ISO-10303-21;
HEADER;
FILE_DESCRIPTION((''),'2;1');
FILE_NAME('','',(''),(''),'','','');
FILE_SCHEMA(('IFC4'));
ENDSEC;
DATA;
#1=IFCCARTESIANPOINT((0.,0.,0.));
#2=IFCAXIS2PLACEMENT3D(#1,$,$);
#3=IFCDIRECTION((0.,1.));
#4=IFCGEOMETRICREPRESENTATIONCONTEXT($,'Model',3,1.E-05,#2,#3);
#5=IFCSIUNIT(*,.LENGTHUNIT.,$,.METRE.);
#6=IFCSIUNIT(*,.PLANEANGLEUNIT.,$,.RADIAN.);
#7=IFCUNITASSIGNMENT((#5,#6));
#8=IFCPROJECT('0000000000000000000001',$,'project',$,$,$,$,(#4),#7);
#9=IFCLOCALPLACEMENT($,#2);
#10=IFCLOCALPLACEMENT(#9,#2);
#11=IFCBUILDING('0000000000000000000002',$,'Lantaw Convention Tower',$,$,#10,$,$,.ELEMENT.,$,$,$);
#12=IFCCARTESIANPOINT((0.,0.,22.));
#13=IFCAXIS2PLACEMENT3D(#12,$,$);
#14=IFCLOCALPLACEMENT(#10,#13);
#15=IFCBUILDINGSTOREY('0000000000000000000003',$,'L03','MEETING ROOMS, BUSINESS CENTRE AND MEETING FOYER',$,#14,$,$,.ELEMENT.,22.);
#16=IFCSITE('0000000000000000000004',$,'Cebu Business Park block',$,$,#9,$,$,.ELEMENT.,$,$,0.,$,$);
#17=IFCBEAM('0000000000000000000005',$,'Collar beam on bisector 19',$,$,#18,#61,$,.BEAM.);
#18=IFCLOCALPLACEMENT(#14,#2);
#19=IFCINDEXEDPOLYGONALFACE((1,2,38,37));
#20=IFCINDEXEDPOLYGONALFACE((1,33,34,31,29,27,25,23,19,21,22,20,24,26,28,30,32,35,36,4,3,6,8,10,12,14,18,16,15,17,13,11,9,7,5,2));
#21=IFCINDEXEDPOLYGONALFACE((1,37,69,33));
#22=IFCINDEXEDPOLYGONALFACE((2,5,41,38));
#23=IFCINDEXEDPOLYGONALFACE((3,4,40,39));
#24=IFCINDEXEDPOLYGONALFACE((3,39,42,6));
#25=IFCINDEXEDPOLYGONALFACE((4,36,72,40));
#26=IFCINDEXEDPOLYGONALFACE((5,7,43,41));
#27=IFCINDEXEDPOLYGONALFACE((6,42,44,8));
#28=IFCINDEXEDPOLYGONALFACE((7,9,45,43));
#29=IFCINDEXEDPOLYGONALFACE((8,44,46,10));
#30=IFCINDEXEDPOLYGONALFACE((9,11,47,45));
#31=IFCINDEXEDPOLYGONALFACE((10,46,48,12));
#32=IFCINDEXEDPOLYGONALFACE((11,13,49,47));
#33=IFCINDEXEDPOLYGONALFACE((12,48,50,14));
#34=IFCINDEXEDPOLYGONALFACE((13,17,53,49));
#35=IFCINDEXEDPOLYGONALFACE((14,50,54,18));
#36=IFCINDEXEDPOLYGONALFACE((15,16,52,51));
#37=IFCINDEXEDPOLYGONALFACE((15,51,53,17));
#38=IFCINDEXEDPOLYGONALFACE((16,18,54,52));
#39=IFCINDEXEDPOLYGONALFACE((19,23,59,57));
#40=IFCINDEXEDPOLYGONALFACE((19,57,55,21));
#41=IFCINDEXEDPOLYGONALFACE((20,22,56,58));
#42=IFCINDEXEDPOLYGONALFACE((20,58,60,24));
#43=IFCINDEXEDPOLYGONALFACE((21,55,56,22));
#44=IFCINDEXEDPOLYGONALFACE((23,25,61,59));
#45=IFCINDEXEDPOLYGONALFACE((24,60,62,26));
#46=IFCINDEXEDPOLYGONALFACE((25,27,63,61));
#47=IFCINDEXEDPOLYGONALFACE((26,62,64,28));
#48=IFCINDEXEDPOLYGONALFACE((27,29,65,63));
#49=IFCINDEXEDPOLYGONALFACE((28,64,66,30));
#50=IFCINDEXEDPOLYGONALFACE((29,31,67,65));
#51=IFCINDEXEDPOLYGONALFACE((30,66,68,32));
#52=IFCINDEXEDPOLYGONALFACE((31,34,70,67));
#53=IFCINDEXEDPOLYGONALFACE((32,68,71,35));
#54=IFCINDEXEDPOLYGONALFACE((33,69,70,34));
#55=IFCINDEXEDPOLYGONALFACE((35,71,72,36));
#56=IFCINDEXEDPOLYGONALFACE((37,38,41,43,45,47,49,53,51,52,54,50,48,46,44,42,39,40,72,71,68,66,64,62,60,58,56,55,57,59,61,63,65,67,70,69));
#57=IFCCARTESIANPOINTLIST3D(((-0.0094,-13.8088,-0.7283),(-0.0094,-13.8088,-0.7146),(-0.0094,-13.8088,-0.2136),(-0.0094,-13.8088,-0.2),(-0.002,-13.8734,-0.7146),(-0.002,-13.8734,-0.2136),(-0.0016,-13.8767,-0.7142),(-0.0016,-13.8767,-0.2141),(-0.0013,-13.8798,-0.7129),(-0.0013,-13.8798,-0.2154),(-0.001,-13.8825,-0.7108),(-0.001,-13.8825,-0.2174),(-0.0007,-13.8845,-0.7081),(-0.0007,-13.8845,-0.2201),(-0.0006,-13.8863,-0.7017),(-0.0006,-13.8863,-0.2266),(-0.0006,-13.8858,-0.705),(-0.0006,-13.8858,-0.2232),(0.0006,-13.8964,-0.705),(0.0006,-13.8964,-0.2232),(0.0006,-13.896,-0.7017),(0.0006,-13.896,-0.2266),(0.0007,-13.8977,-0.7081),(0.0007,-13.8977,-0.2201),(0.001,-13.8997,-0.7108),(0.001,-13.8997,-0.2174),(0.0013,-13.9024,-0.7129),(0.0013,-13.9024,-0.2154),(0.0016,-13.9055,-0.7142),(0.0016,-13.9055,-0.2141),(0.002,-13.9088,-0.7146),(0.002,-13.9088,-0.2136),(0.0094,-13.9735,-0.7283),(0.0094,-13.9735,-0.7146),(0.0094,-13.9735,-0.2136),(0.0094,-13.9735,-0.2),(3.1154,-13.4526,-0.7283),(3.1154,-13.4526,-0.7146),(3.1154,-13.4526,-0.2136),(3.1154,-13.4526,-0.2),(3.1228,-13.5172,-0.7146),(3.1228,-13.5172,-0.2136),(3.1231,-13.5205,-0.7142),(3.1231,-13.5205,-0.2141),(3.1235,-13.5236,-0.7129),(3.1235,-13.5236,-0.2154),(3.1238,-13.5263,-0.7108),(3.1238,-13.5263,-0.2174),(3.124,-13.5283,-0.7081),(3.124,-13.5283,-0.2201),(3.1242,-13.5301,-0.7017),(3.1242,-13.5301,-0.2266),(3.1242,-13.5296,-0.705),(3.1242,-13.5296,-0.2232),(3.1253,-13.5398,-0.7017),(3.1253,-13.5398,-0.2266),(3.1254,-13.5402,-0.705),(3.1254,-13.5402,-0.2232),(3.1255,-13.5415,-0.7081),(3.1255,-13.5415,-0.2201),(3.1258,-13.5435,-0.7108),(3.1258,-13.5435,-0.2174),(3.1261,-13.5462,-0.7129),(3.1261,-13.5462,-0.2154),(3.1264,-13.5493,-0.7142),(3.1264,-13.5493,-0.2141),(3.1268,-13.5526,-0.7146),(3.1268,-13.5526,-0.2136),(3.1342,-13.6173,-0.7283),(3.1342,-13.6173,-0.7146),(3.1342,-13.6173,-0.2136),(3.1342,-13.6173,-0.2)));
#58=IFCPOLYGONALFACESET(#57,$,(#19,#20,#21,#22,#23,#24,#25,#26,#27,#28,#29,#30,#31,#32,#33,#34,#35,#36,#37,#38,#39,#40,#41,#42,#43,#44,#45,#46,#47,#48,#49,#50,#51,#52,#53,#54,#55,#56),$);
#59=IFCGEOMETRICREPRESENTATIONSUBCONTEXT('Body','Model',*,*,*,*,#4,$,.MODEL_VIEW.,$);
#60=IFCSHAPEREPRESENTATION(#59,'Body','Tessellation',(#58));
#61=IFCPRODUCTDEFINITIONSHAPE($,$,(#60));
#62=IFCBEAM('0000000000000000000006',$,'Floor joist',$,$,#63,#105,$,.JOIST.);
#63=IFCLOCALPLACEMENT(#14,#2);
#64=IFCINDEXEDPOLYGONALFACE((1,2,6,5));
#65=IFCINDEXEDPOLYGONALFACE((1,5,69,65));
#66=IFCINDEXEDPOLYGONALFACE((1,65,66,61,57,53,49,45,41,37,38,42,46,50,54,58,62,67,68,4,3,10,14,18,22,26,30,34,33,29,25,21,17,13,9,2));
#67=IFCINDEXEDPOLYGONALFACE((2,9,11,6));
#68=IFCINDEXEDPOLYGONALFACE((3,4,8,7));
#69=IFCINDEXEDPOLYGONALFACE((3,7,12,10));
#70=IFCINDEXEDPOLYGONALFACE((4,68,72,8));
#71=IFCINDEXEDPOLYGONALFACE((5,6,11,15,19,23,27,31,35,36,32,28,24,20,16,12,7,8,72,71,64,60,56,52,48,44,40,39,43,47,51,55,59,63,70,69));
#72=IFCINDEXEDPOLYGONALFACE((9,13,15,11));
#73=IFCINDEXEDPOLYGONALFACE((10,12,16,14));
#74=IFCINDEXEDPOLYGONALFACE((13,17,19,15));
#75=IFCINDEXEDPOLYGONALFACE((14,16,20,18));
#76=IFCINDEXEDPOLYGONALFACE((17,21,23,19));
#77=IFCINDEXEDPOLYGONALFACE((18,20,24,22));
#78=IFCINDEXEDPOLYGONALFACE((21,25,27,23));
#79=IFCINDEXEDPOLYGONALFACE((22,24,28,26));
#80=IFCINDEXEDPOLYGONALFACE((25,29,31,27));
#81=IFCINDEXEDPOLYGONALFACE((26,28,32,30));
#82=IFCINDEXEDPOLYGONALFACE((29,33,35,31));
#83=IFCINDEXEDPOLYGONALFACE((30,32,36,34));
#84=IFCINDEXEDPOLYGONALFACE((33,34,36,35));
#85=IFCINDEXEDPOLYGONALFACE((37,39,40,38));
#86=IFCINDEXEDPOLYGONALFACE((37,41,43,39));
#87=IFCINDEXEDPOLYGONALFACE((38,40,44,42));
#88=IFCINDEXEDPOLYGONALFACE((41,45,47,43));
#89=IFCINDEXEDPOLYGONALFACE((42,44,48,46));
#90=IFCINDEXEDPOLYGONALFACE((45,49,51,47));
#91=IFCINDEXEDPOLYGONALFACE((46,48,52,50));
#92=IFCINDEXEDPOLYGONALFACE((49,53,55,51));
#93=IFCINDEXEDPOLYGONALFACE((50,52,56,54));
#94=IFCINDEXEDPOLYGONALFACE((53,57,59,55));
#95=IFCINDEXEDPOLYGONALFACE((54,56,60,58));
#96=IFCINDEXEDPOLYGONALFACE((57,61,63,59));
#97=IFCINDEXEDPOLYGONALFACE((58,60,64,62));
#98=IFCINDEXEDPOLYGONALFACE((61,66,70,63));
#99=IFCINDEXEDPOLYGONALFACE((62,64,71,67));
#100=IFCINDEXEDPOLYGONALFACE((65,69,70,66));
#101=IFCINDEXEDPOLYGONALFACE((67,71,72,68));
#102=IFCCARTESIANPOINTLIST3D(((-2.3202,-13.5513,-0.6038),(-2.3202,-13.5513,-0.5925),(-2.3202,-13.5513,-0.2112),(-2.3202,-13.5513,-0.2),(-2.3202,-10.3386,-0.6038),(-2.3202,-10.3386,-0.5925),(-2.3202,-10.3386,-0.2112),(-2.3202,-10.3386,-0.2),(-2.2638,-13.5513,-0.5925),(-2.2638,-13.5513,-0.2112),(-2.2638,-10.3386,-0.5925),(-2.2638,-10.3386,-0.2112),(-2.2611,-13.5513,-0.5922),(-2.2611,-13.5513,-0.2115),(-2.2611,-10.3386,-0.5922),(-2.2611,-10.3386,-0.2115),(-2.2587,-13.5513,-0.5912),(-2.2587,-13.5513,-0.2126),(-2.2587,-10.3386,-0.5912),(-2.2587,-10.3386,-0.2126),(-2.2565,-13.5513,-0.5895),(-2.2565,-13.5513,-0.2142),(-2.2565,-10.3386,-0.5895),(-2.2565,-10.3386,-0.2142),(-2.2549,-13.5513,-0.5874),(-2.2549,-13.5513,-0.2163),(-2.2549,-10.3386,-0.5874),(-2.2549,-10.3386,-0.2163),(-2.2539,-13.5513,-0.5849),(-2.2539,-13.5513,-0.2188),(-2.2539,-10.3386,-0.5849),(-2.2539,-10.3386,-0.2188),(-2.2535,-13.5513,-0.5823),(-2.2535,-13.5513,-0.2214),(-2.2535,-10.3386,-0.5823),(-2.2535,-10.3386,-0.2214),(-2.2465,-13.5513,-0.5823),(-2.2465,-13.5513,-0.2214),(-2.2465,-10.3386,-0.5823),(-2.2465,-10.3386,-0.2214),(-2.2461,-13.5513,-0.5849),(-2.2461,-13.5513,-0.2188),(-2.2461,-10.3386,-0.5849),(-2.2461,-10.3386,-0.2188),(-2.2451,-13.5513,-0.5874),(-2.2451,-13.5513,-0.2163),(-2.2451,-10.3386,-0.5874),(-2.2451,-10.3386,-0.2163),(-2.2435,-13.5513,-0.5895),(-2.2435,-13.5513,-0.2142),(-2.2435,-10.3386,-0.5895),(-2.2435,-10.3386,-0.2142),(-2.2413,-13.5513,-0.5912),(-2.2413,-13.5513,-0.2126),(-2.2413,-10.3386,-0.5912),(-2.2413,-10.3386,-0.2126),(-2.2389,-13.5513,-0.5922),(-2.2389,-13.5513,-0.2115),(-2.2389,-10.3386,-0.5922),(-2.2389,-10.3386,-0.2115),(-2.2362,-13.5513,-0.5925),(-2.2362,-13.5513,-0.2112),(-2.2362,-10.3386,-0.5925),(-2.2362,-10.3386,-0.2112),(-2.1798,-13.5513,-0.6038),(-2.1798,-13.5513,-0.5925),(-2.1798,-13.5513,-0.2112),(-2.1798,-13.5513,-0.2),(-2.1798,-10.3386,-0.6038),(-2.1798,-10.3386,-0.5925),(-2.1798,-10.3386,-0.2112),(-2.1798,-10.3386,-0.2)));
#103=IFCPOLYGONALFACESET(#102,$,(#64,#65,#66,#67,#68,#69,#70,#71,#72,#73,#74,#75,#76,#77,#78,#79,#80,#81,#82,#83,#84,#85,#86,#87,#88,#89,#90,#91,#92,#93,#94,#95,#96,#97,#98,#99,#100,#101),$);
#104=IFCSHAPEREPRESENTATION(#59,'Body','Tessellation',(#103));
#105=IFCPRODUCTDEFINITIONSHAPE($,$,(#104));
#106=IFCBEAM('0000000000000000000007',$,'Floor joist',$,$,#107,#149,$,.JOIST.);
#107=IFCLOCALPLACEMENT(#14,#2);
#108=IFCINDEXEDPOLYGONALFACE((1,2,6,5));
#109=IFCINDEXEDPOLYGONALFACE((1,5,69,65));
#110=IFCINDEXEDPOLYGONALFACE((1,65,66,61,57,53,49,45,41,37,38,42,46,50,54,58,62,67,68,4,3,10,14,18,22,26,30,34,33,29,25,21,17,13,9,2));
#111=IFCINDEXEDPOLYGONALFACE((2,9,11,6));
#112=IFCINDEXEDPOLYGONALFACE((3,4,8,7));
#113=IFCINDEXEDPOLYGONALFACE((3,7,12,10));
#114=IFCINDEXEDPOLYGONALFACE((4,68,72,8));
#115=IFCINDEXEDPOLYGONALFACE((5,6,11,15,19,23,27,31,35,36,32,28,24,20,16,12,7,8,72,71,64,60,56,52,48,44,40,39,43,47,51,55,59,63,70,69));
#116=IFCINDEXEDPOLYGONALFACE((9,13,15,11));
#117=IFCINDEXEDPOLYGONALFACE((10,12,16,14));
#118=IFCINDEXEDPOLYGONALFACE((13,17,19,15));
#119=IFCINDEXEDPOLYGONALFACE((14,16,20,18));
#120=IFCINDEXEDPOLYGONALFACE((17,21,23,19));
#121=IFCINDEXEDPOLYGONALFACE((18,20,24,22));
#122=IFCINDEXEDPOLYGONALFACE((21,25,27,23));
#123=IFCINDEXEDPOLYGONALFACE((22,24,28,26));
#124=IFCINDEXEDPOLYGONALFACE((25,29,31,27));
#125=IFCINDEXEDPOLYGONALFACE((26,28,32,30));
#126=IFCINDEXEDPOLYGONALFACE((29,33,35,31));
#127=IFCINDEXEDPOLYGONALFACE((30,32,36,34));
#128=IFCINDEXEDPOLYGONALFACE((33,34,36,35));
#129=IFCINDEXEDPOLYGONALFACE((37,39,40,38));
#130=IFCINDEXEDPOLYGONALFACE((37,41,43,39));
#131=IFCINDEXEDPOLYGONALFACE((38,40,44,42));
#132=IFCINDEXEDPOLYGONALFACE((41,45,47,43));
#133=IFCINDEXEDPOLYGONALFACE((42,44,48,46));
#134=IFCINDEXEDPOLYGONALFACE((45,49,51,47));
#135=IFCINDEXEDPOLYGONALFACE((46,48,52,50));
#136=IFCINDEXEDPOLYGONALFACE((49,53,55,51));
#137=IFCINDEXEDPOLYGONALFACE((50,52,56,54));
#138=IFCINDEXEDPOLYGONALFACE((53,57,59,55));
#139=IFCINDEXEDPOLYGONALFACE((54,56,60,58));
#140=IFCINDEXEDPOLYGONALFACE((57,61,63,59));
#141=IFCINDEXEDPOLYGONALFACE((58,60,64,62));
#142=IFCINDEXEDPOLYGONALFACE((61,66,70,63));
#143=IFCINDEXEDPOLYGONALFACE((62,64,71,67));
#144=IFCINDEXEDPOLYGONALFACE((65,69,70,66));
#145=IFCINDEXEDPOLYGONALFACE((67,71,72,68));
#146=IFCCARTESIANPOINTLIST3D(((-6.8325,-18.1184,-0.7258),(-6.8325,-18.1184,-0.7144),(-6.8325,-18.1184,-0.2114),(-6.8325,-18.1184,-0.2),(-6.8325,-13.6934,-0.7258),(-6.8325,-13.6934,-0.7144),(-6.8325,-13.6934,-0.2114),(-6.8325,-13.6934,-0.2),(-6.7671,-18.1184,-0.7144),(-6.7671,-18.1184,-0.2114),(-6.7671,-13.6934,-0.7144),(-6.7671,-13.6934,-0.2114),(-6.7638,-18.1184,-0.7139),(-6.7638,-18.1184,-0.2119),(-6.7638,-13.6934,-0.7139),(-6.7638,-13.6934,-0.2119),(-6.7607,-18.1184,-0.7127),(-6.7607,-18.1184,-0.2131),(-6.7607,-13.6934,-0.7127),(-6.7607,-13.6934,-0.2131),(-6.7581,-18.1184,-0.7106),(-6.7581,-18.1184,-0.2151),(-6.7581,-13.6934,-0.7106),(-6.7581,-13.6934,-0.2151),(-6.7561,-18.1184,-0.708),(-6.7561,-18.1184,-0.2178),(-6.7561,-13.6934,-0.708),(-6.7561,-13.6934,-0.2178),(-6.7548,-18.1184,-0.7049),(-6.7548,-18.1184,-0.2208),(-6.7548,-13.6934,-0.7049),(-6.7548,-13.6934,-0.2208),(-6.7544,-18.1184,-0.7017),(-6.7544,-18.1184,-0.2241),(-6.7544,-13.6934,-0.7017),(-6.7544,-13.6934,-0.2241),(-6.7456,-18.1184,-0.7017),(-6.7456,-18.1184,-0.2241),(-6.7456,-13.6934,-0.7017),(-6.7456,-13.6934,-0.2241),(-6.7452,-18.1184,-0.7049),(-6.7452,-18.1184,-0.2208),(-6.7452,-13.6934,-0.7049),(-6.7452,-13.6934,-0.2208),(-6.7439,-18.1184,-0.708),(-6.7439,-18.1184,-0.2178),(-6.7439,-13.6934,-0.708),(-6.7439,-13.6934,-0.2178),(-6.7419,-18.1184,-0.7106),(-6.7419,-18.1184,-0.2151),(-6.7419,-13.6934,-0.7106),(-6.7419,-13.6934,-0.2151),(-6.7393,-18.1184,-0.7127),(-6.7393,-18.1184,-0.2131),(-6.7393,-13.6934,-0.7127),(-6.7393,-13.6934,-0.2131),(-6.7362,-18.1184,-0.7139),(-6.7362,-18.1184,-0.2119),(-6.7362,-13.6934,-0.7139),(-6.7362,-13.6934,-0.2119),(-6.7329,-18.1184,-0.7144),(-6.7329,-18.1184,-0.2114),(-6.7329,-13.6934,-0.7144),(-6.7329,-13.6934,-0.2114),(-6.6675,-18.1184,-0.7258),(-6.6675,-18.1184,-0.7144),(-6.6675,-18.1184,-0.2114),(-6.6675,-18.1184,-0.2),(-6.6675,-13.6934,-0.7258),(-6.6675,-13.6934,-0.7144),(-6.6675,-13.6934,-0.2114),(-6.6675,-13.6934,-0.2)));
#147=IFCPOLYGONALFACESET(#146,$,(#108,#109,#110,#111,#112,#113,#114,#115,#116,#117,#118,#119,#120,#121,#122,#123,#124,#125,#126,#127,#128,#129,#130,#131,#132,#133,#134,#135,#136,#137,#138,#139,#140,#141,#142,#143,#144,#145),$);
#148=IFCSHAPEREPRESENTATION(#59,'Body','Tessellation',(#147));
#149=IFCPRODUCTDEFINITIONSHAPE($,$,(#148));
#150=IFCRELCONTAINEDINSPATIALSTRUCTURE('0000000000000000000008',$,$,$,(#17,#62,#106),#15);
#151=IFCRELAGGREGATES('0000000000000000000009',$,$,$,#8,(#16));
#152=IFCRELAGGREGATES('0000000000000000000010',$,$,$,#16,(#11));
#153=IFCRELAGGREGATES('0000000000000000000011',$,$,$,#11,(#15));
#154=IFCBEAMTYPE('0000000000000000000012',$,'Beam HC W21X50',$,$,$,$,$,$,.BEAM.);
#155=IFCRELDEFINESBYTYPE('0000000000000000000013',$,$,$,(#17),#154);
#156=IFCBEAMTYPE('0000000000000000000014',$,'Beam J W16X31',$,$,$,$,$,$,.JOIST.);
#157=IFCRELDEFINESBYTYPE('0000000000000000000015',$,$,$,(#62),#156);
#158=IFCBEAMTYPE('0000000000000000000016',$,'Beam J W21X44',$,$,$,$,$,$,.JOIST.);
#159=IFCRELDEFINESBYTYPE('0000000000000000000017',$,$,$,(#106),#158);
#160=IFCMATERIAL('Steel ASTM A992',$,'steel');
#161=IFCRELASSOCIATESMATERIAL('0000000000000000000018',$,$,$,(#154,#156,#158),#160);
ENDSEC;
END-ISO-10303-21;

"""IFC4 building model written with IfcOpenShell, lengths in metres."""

from ifc_helpers import new_model, si_unit, direction, frame, origin, origin_2d, place, context, subcontext, project, spatial, i_section, extrude, material, material_profile, profile_set, type_object, element, save


model = new_model("IFC4")

# Units and contexts
model_context = context("Model", 3, precision=1e-05, world=origin(), true_north=direction((0.0, 1.0)))
body_context = subcontext(model_context, "Body", "Model", "MODEL_VIEW")
ifc_project = project(units=[si_unit("LENGTHUNIT", "METRE"), si_unit("PLANEANGLEUNIT", "RADIAN")], contexts=[model_context])

# Site, building, storey
site_placement = place(None, origin())
site = spatial("IfcSite", under=ifc_project, at=site_placement, Name="Cebu Business Park block", CompositionType="ELEMENT", RefElevation=0.0)
building_placement = place(site_placement, origin())
building = spatial("IfcBuilding", under=site, at=building_placement, Name="Lantaw Convention Tower", CompositionType="ELEMENT")
storey_placement = place(building_placement, frame((0.0, 0.0, 22.0)))
storey = spatial("IfcBuildingStorey", under=building, at=storey_placement, Name="L03", Description="MEETING ROOMS, BUSINESS CENTRE AND MEETING FOYER", CompositionType="ELEMENT", Elevation=22.0)

# Beams
ifc_material_1 = material(Name="Steel ASTM A992", Category="steel")
ifc_material_profile_1 = material_profile(ifc_material_1, i_section(OverallWidth=0.1658, OverallDepth=0.5283, WebThickness=0.0098, FlangeThickness=0.0137, FilletRadius=0.0129, at=origin_2d()), Name="W21X50")
ifc_profile_set_1 = profile_set([ifc_material_profile_1], Name="Steel ASTM A992")
beam_type_1 = type_object("IfcBeamType", Name="Beam HC W21X50", PredefinedType="BEAM", material=ifc_profile_set_1)
for number, where, z_axis, x_axis, name in (
    (1, (0.0, -13.8911, -0.4641), (0.993565, 0.11326, 0.0), (-0.11326, 0.993565, 0.0), "Collar beam on bisector 19"),
):
    element("IfcBeam", number, at=place(storey_placement, frame(where, z_axis=z_axis, x_axis=x_axis)), inside=storey, type_object=beam_type_1, Name=name, PredefinedType="BEAM", context=body_context, shape_type="SweptSolid", body=[
        extrude(i_section(OverallWidth=0.1658, OverallDepth=0.5283, WebThickness=0.0098, FlangeThickness=0.0137, FilletRadius=0.0129, at=origin_2d()), origin(), (0.0, 0.0, 1.0), 3.145),
    ])
ifc_material_profile_2 = material_profile(ifc_material_1, i_section(OverallWidth=0.1404, OverallDepth=0.4038, WebThickness=0.0071, FlangeThickness=0.0112, FilletRadius=0.0103, at=origin_2d()), Name="W16X31")
ifc_profile_set_2 = profile_set([ifc_material_profile_2], Name="Steel ASTM A992")
beam_type_2 = type_object("IfcBeamType", Name="Beam J W16X31", PredefinedType="JOIST", material=ifc_profile_set_2)
beam_1_placement = place(storey_placement, frame((-2.25, -13.5513, -0.4019), z_axis=(0.0, 1.0, 0.0), x_axis=(-1.0, 0.0, 0.0)))
element("IfcBeam", 2, at=beam_1_placement, inside=storey, type_object=beam_type_2, Name="Floor joist", PredefinedType="JOIST", context=body_context, shape_type="SweptSolid", body=[
    extrude(i_section(OverallWidth=0.1404, OverallDepth=0.4038, WebThickness=0.0071, FlangeThickness=0.0112, FilletRadius=0.0103, at=origin_2d()), origin(), (0.0, 0.0, 1.0), 3.2126),
])
ifc_material_profile_3 = material_profile(ifc_material_1, i_section(OverallWidth=0.165, OverallDepth=0.5259, WebThickness=0.0088, FlangeThickness=0.0115, FilletRadius=0.0127, at=origin_2d()), Name="W21X44")
ifc_profile_set_3 = profile_set([ifc_material_profile_3], Name="Steel ASTM A992")
beam_type_3 = type_object("IfcBeamType", Name="Beam J W21X44", PredefinedType="JOIST", material=ifc_profile_set_3)
beam_2_placement = place(storey_placement, frame((-6.75, -18.1184, -0.4629), z_axis=(0.0, 1.0, 0.0), x_axis=(-1.0, 0.0, 0.0)))
element("IfcBeam", 3, at=beam_2_placement, inside=storey, type_object=beam_type_3, Name="Floor joist", PredefinedType="JOIST", context=body_context, shape_type="SweptSolid", body=[
    extrude(i_section(OverallWidth=0.165, OverallDepth=0.5259, WebThickness=0.0088, FlangeThickness=0.0115, FilletRadius=0.0127, at=origin_2d()), origin(), (0.0, 0.0, 1.0), 4.425),
])

save(model, "model.ifc")
